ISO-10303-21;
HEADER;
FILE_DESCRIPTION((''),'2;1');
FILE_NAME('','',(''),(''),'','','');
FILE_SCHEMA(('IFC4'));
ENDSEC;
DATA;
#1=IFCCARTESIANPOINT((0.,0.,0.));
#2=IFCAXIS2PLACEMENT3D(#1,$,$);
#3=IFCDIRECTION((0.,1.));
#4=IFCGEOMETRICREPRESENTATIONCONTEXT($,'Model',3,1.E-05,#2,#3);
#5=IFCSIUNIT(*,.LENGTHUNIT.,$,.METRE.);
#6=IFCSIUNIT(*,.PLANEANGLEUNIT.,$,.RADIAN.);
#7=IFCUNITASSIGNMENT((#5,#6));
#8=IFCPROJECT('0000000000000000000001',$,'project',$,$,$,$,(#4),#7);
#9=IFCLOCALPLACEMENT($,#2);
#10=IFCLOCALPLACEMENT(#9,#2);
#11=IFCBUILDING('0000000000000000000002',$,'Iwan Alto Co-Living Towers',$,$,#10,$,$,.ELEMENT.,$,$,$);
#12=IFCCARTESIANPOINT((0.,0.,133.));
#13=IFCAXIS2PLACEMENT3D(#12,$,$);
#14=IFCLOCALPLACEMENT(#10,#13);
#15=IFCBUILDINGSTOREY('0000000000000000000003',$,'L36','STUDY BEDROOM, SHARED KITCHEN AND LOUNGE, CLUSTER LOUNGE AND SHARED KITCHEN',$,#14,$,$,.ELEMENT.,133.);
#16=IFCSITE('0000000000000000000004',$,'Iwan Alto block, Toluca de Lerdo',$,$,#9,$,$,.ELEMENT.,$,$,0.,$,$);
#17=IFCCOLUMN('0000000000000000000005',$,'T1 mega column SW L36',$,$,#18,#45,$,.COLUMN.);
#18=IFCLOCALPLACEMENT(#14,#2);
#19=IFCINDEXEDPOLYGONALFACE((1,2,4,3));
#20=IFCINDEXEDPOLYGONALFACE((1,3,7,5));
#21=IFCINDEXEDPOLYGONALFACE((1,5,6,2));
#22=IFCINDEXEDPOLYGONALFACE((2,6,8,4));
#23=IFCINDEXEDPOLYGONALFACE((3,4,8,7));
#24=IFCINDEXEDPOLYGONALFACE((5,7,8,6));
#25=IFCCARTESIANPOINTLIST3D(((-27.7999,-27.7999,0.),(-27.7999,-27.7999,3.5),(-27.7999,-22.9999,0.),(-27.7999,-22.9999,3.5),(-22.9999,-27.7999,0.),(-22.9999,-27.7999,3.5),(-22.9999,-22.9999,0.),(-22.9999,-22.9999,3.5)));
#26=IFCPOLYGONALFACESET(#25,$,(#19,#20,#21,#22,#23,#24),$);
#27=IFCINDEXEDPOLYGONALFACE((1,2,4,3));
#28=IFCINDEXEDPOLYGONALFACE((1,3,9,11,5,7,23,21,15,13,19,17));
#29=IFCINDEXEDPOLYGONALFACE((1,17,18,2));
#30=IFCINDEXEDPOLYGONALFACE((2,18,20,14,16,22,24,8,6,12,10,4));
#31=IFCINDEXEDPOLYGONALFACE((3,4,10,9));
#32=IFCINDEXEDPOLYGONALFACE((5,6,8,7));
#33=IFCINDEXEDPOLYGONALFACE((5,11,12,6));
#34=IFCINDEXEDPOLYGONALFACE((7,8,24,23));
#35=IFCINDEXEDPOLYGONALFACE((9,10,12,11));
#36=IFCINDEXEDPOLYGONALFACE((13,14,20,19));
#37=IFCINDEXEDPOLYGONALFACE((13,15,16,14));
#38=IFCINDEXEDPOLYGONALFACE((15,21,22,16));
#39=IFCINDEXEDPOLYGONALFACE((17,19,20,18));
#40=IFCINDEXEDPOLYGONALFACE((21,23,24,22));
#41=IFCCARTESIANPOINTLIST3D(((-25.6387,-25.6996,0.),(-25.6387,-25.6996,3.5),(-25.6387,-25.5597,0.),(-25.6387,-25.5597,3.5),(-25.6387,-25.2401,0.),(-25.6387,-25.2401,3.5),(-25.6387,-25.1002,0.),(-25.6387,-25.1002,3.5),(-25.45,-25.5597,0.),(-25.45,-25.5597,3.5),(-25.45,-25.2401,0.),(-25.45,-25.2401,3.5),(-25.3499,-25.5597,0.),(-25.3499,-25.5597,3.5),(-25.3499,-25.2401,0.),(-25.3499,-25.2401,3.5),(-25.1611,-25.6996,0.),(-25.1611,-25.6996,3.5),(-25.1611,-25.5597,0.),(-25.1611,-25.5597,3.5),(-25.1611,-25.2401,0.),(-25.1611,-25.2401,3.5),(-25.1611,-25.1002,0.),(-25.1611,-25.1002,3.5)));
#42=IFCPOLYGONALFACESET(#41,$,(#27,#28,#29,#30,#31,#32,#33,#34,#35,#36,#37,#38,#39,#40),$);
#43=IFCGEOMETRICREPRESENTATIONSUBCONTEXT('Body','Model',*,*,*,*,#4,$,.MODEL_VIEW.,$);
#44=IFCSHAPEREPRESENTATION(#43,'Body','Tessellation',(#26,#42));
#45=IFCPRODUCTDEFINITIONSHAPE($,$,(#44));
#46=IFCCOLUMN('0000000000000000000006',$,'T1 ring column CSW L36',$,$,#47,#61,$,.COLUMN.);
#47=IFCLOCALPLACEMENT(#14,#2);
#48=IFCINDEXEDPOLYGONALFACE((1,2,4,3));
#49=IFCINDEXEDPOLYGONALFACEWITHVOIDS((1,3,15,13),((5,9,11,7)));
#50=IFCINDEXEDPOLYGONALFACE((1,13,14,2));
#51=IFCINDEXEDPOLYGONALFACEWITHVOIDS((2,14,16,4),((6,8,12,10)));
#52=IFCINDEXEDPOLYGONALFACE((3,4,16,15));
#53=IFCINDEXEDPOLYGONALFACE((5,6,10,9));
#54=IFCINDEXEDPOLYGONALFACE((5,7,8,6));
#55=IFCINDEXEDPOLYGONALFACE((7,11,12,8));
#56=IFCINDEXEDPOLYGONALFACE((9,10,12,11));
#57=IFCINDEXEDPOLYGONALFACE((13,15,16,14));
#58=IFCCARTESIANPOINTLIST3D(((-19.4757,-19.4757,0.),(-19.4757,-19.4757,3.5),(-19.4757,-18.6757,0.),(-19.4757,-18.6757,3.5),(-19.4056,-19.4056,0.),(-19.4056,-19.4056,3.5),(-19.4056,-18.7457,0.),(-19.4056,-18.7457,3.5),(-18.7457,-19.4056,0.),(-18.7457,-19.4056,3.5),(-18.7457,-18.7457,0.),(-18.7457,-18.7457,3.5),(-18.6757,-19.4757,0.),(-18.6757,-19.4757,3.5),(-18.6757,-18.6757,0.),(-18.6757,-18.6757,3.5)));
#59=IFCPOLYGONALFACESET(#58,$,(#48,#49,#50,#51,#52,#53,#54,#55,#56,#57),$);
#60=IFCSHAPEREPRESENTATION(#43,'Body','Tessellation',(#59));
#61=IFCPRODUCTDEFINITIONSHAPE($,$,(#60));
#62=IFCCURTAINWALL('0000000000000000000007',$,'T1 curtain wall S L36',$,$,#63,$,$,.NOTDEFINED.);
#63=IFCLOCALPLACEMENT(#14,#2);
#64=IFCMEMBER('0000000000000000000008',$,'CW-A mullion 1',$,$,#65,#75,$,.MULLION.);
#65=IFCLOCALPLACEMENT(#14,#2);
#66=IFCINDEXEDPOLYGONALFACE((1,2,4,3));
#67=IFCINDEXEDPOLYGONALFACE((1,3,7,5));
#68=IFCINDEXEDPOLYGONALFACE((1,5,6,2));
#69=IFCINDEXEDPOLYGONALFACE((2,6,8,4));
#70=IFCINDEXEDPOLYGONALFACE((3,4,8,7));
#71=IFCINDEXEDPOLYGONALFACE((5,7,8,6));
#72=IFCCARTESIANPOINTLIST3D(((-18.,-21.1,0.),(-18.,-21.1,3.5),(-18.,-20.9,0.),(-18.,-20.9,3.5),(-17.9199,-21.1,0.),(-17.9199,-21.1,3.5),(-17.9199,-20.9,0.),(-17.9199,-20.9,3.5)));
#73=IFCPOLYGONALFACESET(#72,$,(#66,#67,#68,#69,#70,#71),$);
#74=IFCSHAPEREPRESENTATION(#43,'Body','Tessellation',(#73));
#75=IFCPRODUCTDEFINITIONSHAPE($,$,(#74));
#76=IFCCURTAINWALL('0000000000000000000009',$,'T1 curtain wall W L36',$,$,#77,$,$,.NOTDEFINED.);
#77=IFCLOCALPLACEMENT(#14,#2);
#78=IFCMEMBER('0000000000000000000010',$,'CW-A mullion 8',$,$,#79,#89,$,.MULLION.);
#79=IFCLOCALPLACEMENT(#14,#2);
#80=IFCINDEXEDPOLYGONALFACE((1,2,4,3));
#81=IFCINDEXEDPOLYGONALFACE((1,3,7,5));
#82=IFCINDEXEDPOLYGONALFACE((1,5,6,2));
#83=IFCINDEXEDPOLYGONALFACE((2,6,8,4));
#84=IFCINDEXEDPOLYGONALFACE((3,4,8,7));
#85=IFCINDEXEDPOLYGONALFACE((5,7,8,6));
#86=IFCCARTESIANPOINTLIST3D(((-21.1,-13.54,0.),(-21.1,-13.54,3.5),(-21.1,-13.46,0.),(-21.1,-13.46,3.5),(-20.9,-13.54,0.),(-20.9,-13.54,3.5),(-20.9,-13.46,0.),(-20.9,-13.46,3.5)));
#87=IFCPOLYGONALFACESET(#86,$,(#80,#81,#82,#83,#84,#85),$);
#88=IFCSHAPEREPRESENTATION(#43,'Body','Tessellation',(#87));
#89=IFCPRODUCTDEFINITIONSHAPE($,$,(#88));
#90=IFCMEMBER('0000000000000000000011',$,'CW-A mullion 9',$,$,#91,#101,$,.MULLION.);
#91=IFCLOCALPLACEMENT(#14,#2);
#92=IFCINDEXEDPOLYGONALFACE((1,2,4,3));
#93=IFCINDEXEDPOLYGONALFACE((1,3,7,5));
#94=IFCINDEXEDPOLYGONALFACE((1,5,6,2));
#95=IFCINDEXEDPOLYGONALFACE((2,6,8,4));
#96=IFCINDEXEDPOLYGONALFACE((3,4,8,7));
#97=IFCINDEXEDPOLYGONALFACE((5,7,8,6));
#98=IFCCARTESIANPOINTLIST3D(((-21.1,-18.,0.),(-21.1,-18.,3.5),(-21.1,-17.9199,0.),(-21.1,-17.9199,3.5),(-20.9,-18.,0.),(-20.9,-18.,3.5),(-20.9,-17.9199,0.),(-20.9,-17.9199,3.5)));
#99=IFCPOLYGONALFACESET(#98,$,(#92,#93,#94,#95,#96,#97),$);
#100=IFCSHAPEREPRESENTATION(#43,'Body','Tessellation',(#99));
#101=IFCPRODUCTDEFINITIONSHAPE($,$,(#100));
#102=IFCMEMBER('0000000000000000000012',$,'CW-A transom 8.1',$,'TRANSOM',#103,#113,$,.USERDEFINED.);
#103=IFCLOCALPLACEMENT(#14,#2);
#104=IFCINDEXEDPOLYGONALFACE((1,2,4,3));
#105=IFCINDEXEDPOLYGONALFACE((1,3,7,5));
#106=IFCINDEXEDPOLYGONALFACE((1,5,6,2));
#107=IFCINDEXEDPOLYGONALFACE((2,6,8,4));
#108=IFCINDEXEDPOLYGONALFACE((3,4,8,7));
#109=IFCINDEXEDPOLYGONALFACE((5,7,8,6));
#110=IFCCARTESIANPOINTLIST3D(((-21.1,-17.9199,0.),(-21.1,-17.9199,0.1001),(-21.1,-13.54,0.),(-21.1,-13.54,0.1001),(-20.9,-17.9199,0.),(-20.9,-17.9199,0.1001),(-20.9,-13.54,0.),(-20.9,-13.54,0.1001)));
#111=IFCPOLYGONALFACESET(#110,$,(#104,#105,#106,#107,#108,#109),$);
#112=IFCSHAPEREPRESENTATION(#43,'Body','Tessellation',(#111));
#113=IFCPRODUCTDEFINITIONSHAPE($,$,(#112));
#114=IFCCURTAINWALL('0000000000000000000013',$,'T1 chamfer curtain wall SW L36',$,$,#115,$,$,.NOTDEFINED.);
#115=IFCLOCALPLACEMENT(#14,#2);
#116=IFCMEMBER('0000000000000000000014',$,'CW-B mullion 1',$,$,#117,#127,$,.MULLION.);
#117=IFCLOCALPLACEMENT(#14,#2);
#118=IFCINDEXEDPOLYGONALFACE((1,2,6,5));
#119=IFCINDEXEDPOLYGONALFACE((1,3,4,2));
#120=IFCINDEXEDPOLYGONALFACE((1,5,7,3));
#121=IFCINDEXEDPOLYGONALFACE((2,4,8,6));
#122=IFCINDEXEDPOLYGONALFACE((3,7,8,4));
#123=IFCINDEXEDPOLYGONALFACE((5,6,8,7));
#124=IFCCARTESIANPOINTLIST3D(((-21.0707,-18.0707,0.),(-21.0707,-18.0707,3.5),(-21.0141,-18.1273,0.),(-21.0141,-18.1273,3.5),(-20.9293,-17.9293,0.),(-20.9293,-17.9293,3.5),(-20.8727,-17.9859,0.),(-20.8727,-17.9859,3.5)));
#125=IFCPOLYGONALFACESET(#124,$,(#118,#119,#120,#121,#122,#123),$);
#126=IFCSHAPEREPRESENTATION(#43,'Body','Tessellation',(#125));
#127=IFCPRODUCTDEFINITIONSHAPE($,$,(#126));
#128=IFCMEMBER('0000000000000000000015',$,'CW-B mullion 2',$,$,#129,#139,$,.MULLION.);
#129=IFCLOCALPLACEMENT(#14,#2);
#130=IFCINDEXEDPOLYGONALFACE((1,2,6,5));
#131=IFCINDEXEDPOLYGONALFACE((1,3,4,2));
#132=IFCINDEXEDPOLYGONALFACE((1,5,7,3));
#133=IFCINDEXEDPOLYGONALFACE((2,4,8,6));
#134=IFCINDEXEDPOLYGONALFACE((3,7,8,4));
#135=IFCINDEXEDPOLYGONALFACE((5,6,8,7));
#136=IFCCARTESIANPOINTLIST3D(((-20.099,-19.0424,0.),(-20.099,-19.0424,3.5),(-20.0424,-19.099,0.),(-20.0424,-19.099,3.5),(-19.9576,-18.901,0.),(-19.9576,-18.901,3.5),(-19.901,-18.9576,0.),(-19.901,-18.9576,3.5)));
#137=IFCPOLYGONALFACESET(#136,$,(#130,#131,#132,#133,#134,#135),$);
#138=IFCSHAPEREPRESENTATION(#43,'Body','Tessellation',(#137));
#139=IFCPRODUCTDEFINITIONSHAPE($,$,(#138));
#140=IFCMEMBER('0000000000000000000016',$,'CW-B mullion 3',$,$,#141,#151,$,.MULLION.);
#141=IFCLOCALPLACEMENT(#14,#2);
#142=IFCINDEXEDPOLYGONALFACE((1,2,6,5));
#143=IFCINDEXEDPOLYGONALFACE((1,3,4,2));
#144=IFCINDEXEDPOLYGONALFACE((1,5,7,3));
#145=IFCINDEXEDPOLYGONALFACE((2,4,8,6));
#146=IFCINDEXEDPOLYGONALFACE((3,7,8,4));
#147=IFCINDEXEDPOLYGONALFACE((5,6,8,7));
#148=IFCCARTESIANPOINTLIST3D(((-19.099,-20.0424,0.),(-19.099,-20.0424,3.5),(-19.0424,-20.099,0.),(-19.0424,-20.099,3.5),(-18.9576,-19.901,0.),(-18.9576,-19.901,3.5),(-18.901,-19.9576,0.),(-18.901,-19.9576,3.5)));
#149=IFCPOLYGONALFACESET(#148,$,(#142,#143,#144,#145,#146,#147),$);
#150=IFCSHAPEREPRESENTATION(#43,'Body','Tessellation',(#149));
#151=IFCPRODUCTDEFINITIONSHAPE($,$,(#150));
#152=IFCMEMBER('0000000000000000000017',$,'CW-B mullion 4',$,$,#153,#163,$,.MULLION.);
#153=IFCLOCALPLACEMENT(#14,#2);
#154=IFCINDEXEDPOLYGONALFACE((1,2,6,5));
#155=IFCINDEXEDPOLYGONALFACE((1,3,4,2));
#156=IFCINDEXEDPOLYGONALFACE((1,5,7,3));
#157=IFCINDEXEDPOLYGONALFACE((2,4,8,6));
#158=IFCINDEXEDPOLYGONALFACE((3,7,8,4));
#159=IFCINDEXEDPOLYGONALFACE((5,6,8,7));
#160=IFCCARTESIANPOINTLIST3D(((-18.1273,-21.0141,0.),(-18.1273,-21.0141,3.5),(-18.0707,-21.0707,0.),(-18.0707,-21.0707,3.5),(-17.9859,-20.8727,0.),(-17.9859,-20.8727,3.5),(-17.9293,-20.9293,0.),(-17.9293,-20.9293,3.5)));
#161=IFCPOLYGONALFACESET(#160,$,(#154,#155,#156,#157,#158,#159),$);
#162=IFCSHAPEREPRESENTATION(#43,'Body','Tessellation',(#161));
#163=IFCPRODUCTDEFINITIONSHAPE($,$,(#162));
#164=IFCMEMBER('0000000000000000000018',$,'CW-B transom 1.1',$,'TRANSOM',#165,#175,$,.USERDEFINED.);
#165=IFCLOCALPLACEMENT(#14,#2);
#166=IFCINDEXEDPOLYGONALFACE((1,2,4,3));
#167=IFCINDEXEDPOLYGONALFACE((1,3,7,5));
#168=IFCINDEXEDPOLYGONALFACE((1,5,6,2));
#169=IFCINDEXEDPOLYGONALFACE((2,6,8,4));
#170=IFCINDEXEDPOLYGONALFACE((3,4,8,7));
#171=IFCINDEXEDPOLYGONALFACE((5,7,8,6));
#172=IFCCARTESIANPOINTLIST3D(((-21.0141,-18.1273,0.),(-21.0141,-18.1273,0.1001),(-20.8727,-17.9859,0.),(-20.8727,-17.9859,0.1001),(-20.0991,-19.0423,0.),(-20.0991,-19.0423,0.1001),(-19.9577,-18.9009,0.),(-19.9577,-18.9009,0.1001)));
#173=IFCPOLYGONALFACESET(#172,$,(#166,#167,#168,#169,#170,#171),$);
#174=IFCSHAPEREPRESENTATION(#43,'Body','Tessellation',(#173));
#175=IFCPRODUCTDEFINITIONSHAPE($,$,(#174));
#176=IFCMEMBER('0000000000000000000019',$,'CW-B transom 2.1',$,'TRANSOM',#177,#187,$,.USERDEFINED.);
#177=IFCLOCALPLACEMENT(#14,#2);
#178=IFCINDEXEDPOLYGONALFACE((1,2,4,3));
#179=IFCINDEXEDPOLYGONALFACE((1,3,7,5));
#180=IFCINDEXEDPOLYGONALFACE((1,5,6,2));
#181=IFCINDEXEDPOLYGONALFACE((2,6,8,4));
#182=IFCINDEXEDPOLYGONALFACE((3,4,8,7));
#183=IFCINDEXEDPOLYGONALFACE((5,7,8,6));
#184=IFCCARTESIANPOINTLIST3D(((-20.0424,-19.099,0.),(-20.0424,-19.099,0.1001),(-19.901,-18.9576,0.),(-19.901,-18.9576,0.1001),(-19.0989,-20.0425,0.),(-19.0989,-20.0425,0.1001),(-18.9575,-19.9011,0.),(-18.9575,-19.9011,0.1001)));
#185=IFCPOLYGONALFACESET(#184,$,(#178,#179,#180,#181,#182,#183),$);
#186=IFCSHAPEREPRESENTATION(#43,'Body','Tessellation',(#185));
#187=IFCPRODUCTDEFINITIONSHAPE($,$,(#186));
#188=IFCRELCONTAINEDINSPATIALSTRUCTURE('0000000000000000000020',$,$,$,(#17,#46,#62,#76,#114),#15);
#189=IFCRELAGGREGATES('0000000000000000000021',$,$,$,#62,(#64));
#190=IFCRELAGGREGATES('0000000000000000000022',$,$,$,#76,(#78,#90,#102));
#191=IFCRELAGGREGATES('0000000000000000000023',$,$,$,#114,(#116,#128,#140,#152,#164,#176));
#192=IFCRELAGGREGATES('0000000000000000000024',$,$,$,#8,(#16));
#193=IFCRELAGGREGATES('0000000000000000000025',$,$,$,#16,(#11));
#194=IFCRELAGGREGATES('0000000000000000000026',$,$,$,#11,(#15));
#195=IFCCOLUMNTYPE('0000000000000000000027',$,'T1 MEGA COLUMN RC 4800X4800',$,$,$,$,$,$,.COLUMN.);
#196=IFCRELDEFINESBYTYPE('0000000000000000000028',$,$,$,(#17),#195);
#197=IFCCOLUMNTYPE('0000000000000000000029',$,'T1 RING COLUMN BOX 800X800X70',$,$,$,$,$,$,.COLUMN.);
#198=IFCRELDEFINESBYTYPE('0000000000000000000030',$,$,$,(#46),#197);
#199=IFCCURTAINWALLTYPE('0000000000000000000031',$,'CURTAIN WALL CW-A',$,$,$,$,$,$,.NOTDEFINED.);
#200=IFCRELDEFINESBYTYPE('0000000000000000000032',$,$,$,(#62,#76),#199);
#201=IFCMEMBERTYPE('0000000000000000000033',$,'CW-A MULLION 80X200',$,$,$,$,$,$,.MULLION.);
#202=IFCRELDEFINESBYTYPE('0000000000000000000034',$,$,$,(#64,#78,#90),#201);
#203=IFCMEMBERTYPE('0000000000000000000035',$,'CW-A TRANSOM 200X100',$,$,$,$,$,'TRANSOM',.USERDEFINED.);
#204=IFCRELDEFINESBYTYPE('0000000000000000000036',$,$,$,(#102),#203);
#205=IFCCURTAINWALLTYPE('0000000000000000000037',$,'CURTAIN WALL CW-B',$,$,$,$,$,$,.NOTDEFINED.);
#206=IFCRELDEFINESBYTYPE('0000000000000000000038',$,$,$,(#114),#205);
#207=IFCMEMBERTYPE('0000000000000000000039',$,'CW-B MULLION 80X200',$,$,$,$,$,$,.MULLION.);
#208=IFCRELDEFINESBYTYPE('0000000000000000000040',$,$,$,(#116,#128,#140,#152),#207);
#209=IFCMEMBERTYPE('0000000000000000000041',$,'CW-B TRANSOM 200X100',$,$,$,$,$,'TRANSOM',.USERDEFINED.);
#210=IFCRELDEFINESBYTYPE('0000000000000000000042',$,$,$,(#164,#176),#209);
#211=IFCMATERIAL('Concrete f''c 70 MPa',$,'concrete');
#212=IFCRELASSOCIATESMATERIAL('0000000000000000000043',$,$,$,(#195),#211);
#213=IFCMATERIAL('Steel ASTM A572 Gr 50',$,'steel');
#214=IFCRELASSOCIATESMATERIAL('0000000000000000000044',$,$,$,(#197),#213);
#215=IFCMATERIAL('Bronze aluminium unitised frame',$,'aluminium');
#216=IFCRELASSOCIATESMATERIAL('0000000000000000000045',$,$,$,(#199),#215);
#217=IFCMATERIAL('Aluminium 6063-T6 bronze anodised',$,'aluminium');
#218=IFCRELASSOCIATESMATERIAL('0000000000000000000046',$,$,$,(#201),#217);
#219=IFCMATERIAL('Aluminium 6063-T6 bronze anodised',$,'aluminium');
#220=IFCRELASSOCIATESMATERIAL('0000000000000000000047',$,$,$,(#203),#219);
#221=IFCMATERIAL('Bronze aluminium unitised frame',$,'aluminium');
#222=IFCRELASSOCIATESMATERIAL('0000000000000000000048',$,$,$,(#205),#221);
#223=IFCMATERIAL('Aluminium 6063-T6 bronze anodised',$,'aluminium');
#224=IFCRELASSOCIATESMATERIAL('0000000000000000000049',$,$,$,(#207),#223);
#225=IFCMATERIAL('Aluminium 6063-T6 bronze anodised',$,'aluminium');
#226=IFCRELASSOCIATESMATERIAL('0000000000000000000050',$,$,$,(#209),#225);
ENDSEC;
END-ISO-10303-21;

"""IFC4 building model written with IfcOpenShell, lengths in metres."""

from ifc_helpers import new_model, si_unit, direction, frame, origin, origin_2d, place, context, subcontext, project, spatial, rectangle, hollow_rectangle, i_section, extrude, material, material_profile, profile_set, type_object, element, aggregate, save


model = new_model("IFC4")

# Units and contexts
model_context = context("Model", 3, precision=1e-05, world=origin(), true_north=direction((0.0, 1.0)))
body_context = subcontext(model_context, "Body", "Model", "MODEL_VIEW")
ifc_project = project(units=[si_unit("LENGTHUNIT", "METRE"), si_unit("PLANEANGLEUNIT", "RADIAN")], contexts=[model_context])

# Site, building, storey
site_placement = place(None, origin())
site = spatial("IfcSite", under=ifc_project, at=site_placement, Name="Iwan Alto block, Toluca de Lerdo", CompositionType="ELEMENT", RefElevation=0.0)
building_placement = place(site_placement, origin())
building = spatial("IfcBuilding", under=site, at=building_placement, Name="Iwan Alto Co-Living Towers", CompositionType="ELEMENT")
storey_placement = place(building_placement, frame((0.0, 0.0, 133.0)))
storey = spatial("IfcBuildingStorey", under=building, at=storey_placement, Name="L36", Description="STUDY BEDROOM, SHARED KITCHEN AND LOUNGE, CLUSTER LOUNGE AND SHARED KITCHEN", CompositionType="ELEMENT", Elevation=133.0)

# Columns
ifc_material_1 = material(Name="Concrete f'c 70 MPa", Category="concrete")
ifc_material_profile_1 = material_profile(ifc_material_1, rectangle(XDim=4.8, YDim=4.8, at=origin_2d()), Name="RC 4800X4800")
ifc_profile_set_1 = profile_set([ifc_material_profile_1], Name="Concrete f'c 70 MPa")
column_type_1 = type_object("IfcColumnType", Name="T1 MEGA COLUMN RC 4800X4800", PredefinedType="COLUMN", material=ifc_profile_set_1)
column_1_placement = place(storey_placement, frame((-25.3999, -25.3999, 0.0), z_axis=(0.0, 0.0, 1.0), x_axis=(1.0, 0.0, 0.0)))
element("IfcColumn", 1, at=column_1_placement, inside=storey, type_object=column_type_1, Name="T1 mega column SW L36", PredefinedType="COLUMN", context=body_context, shape_type="SweptSolid", body=[
    extrude(rectangle(XDim=4.8, YDim=4.8, at=origin_2d()), origin(), (0.0, 0.0, 1.0), 3.5),
    extrude(i_section(OverallWidth=0.4775, OverallDepth=0.5994, WebThickness=0.1001, FlangeThickness=0.1399, at=origin_2d()), origin(), (0.0, 0.0, 1.0), 3.5),
])
ifc_material_2 = material(Name="Steel ASTM A572 Gr 50", Category="steel")
ifc_material_profile_2 = material_profile(ifc_material_2, hollow_rectangle(XDim=0.8, YDim=0.8, WallThickness=0.0701, at=origin_2d()), Name="BOX 800X800X70")
ifc_profile_set_2 = profile_set([ifc_material_profile_2], Name="Steel ASTM A572 Gr 50")
column_type_2 = type_object("IfcColumnType", Name="T1 RING COLUMN BOX 800X800X70", PredefinedType="COLUMN", material=ifc_profile_set_2)
column_2_placement = place(storey_placement, frame((-19.0757, -19.0757, 0.0), z_axis=(0.0, 0.0, 1.0), x_axis=(1.0, 0.0, 0.0)))
element("IfcColumn", 2, at=column_2_placement, inside=storey, type_object=column_type_2, Name="T1 ring column CSW L36", PredefinedType="COLUMN", context=body_context, shape_type="SweptSolid", body=[
    extrude(hollow_rectangle(XDim=0.8, YDim=0.8, WallThickness=0.0701, at=origin_2d()), origin(), (0.0, 0.0, 1.0), 3.5),
])

# Curtain wall, member
ifc_material_3 = material(Name="Bronze aluminium unitised frame", Category="aluminium")
curtain_wall_type_1 = type_object("IfcCurtainWallType", Name="CURTAIN WALL CW-A", PredefinedType="NOTDEFINED", material=ifc_material_3)
curtain_wall_1_placement = place(storey_placement, origin())
curtain_wall_1 = element("IfcCurtainWall", 3, at=curtain_wall_1_placement, inside=storey, type_object=curtain_wall_type_1, Name="T1 curtain wall S L36", PredefinedType="NOTDEFINED")
ifc_material_4 = material(Name="Aluminium 6063-T6 bronze anodised", Category="aluminium")
ifc_material_profile_3 = material_profile(ifc_material_4, rectangle(XDim=0.2, YDim=0.0801, at=origin_2d()), Name="AL 80X200")
ifc_profile_set_3 = profile_set([ifc_material_profile_3], Name="Aluminium 6063-T6 bronze anodised")
member_type_1 = type_object("IfcMemberType", Name="CW-A MULLION 80X200", PredefinedType="MULLION", material=ifc_profile_set_3)
member_1_placement = place(storey_placement, frame((-17.96, -21.0, 0.0), z_axis=(0.0, 0.0, 1.0), x_axis=(0.0, 1.0, 0.0)))
member_1 = element("IfcMember", 4, at=member_1_placement, type_object=member_type_1, Name="CW-A mullion 1", PredefinedType="MULLION", context=body_context, shape_type="SweptSolid", body=[
    extrude(rectangle(XDim=0.2, YDim=0.0801, at=origin_2d()), origin(), (0.0, 0.0, 1.0), 3.5),
])
aggregate(curtain_wall_1, [member_1])

# Curtain walls, members
curtain_wall_2_placement = place(storey_placement, origin())
curtain_wall_2 = element("IfcCurtainWall", 5, at=curtain_wall_2_placement, inside=storey, type_object=curtain_wall_type_1, Name="T1 curtain wall W L36", PredefinedType="NOTDEFINED")
member_2_placement = place(storey_placement, frame((-21.0, -13.5, 0.0), z_axis=(0.0, 0.0, 1.0), x_axis=(1.0, 0.0, 0.0)))
member_2 = element("IfcMember", 6, at=member_2_placement, type_object=member_type_1, Name="CW-A mullion 8", PredefinedType="MULLION", context=body_context, shape_type="SweptSolid", body=[
    extrude(rectangle(XDim=0.2, YDim=0.0801, at=origin_2d()), origin(), (0.0, 0.0, 1.0), 3.5),
])
member_3_placement = place(storey_placement, frame((-21.0, -17.96, 0.0), z_axis=(0.0, 0.0, 1.0), x_axis=(1.0, 0.0, 0.0)))
member_3 = element("IfcMember", 7, at=member_3_placement, type_object=member_type_1, Name="CW-A mullion 9", PredefinedType="MULLION", context=body_context, shape_type="SweptSolid", body=[
    extrude(rectangle(XDim=0.2, YDim=0.0801, at=origin_2d()), origin(), (0.0, 0.0, 1.0), 3.5),
])
ifc_material_5 = material(Name="Aluminium 6063-T6 bronze anodised", Category="aluminium")
ifc_material_profile_4 = material_profile(ifc_material_5, rectangle(XDim=0.2, YDim=0.1001, at=origin_2d()), Name="AL 200X100")
ifc_profile_set_4 = profile_set([ifc_material_profile_4], Name="Aluminium 6063-T6 bronze anodised")
member_type_2 = type_object("IfcMemberType", Name="CW-A TRANSOM 200X100", ElementType="TRANSOM", PredefinedType="USERDEFINED", material=ifc_profile_set_4)
member_4_placement = place(storey_placement, frame((-21.0, -13.54, 0.05), z_axis=(0.0, -1.0, 0.0), x_axis=(1.0, 0.0, 0.0)))
member_4 = element("IfcMember", 8, at=member_4_placement, type_object=member_type_2, Name="CW-A transom 8.1", ObjectType="TRANSOM", PredefinedType="USERDEFINED", context=body_context, shape_type="SweptSolid", body=[
    extrude(rectangle(XDim=0.2, YDim=0.1001, at=origin_2d()), origin(), (0.0, 0.0, 1.0), 4.3799),
])
ifc_material_6 = material(Name="Bronze aluminium unitised frame", Category="aluminium")
curtain_wall_type_2 = type_object("IfcCurtainWallType", Name="CURTAIN WALL CW-B", PredefinedType="NOTDEFINED", material=ifc_material_6)
curtain_wall_3_placement = place(storey_placement, origin())
curtain_wall_3 = element("IfcCurtainWall", 9, at=curtain_wall_3_placement, inside=storey, type_object=curtain_wall_type_2, Name="T1 chamfer curtain wall SW L36", PredefinedType="NOTDEFINED")
ifc_material_7 = material(Name="Aluminium 6063-T6 bronze anodised", Category="aluminium")
ifc_material_profile_5 = material_profile(ifc_material_7, rectangle(XDim=0.2, YDim=0.0801, at=origin_2d()), Name="AL 80X200")
ifc_profile_set_5 = profile_set([ifc_material_profile_5], Name="Aluminium 6063-T6 bronze anodised")
member_type_3 = type_object("IfcMemberType", Name="CW-B MULLION 80X200", PredefinedType="MULLION", material=ifc_profile_set_5)
member_5_placement = place(storey_placement, frame((-20.9717, -18.0283, 0.0), z_axis=(0.0, 0.0, 1.0), x_axis=(0.707107, 0.707107, 0.0)))
member_5 = element("IfcMember", 10, at=member_5_placement, type_object=member_type_3, Name="CW-B mullion 1", PredefinedType="MULLION", context=body_context, shape_type="SweptSolid", body=[
    extrude(rectangle(XDim=0.2, YDim=0.0801, at=origin_2d()), origin(), (0.0, 0.0, 1.0), 3.5),
])
member_6_placement = place(storey_placement, frame((-20.0, -19.0, 0.0), z_axis=(0.0, 0.0, 1.0), x_axis=(0.707107, 0.707107, 0.0)))
member_6 = element("IfcMember", 11, at=member_6_placement, type_object=member_type_3, Name="CW-B mullion 2", PredefinedType="MULLION", context=body_context, shape_type="SweptSolid", body=[
    extrude(rectangle(XDim=0.2, YDim=0.0801, at=origin_2d()), origin(), (0.0, 0.0, 1.0), 3.5),
])
member_7_placement = place(storey_placement, frame((-19.0, -20.0, 0.0), z_axis=(0.0, 0.0, 1.0), x_axis=(0.707107, 0.707107, 0.0)))
member_7 = element("IfcMember", 12, at=member_7_placement, type_object=member_type_3, Name="CW-B mullion 3", PredefinedType="MULLION", context=body_context, shape_type="SweptSolid", body=[
    extrude(rectangle(XDim=0.2, YDim=0.0801, at=origin_2d()), origin(), (0.0, 0.0, 1.0), 3.5),
])
member_8_placement = place(storey_placement, frame((-18.0283, -20.9717, 0.0), z_axis=(0.0, 0.0, 1.0), x_axis=(0.707107, 0.707107, 0.0)))
member_8 = element("IfcMember", 13, at=member_8_placement, type_object=member_type_3, Name="CW-B mullion 4", PredefinedType="MULLION", context=body_context, shape_type="SweptSolid", body=[
    extrude(rectangle(XDim=0.2, YDim=0.0801, at=origin_2d()), origin(), (0.0, 0.0, 1.0), 3.5),
])
ifc_material_8 = material(Name="Aluminium 6063-T6 bronze anodised", Category="aluminium")
ifc_material_profile_6 = material_profile(ifc_material_8, rectangle(XDim=0.2, YDim=0.1001, at=origin_2d()), Name="AL 200X100")
ifc_profile_set_6 = profile_set([ifc_material_profile_6], Name="Aluminium 6063-T6 bronze anodised")
member_type_4 = type_object("IfcMemberType", Name="CW-B TRANSOM 200X100", ElementType="TRANSOM", PredefinedType="USERDEFINED", material=ifc_profile_set_6)
member_9_placement = place(storey_placement, frame((-20.9434, -18.0566, 0.05), z_axis=(0.707107, -0.707107, 0.0), x_axis=(0.707107, 0.707107, 0.0)))
member_9 = element("IfcMember", 14, at=member_9_placement, type_object=member_type_4, Name="CW-B transom 1.1", ObjectType="TRANSOM", PredefinedType="USERDEFINED", context=body_context, shape_type="SweptSolid", body=[
    extrude(rectangle(XDim=0.2, YDim=0.1001, at=origin_2d()), origin(), (0.0, 0.0, 1.0), 1.2939),
])
member_10_placement = place(storey_placement, frame((-19.9717, -19.0283, 0.05), z_axis=(0.707107, -0.707107, 0.0), x_axis=(0.707107, 0.707107, 0.0)))
member_10 = element("IfcMember", 15, at=member_10_placement, type_object=member_type_4, Name="CW-B transom 2.1", ObjectType="TRANSOM", PredefinedType="USERDEFINED", context=body_context, shape_type="SweptSolid", body=[
    extrude(rectangle(XDim=0.2, YDim=0.1001, at=origin_2d()), origin(), (0.0, 0.0, 1.0), 1.3342),
])

aggregate(curtain_wall_2, [member_2, member_3, member_4])
aggregate(curtain_wall_3, [member_5, member_6, member_7, member_8, member_9, member_10])

save(model, "model.ifc")
